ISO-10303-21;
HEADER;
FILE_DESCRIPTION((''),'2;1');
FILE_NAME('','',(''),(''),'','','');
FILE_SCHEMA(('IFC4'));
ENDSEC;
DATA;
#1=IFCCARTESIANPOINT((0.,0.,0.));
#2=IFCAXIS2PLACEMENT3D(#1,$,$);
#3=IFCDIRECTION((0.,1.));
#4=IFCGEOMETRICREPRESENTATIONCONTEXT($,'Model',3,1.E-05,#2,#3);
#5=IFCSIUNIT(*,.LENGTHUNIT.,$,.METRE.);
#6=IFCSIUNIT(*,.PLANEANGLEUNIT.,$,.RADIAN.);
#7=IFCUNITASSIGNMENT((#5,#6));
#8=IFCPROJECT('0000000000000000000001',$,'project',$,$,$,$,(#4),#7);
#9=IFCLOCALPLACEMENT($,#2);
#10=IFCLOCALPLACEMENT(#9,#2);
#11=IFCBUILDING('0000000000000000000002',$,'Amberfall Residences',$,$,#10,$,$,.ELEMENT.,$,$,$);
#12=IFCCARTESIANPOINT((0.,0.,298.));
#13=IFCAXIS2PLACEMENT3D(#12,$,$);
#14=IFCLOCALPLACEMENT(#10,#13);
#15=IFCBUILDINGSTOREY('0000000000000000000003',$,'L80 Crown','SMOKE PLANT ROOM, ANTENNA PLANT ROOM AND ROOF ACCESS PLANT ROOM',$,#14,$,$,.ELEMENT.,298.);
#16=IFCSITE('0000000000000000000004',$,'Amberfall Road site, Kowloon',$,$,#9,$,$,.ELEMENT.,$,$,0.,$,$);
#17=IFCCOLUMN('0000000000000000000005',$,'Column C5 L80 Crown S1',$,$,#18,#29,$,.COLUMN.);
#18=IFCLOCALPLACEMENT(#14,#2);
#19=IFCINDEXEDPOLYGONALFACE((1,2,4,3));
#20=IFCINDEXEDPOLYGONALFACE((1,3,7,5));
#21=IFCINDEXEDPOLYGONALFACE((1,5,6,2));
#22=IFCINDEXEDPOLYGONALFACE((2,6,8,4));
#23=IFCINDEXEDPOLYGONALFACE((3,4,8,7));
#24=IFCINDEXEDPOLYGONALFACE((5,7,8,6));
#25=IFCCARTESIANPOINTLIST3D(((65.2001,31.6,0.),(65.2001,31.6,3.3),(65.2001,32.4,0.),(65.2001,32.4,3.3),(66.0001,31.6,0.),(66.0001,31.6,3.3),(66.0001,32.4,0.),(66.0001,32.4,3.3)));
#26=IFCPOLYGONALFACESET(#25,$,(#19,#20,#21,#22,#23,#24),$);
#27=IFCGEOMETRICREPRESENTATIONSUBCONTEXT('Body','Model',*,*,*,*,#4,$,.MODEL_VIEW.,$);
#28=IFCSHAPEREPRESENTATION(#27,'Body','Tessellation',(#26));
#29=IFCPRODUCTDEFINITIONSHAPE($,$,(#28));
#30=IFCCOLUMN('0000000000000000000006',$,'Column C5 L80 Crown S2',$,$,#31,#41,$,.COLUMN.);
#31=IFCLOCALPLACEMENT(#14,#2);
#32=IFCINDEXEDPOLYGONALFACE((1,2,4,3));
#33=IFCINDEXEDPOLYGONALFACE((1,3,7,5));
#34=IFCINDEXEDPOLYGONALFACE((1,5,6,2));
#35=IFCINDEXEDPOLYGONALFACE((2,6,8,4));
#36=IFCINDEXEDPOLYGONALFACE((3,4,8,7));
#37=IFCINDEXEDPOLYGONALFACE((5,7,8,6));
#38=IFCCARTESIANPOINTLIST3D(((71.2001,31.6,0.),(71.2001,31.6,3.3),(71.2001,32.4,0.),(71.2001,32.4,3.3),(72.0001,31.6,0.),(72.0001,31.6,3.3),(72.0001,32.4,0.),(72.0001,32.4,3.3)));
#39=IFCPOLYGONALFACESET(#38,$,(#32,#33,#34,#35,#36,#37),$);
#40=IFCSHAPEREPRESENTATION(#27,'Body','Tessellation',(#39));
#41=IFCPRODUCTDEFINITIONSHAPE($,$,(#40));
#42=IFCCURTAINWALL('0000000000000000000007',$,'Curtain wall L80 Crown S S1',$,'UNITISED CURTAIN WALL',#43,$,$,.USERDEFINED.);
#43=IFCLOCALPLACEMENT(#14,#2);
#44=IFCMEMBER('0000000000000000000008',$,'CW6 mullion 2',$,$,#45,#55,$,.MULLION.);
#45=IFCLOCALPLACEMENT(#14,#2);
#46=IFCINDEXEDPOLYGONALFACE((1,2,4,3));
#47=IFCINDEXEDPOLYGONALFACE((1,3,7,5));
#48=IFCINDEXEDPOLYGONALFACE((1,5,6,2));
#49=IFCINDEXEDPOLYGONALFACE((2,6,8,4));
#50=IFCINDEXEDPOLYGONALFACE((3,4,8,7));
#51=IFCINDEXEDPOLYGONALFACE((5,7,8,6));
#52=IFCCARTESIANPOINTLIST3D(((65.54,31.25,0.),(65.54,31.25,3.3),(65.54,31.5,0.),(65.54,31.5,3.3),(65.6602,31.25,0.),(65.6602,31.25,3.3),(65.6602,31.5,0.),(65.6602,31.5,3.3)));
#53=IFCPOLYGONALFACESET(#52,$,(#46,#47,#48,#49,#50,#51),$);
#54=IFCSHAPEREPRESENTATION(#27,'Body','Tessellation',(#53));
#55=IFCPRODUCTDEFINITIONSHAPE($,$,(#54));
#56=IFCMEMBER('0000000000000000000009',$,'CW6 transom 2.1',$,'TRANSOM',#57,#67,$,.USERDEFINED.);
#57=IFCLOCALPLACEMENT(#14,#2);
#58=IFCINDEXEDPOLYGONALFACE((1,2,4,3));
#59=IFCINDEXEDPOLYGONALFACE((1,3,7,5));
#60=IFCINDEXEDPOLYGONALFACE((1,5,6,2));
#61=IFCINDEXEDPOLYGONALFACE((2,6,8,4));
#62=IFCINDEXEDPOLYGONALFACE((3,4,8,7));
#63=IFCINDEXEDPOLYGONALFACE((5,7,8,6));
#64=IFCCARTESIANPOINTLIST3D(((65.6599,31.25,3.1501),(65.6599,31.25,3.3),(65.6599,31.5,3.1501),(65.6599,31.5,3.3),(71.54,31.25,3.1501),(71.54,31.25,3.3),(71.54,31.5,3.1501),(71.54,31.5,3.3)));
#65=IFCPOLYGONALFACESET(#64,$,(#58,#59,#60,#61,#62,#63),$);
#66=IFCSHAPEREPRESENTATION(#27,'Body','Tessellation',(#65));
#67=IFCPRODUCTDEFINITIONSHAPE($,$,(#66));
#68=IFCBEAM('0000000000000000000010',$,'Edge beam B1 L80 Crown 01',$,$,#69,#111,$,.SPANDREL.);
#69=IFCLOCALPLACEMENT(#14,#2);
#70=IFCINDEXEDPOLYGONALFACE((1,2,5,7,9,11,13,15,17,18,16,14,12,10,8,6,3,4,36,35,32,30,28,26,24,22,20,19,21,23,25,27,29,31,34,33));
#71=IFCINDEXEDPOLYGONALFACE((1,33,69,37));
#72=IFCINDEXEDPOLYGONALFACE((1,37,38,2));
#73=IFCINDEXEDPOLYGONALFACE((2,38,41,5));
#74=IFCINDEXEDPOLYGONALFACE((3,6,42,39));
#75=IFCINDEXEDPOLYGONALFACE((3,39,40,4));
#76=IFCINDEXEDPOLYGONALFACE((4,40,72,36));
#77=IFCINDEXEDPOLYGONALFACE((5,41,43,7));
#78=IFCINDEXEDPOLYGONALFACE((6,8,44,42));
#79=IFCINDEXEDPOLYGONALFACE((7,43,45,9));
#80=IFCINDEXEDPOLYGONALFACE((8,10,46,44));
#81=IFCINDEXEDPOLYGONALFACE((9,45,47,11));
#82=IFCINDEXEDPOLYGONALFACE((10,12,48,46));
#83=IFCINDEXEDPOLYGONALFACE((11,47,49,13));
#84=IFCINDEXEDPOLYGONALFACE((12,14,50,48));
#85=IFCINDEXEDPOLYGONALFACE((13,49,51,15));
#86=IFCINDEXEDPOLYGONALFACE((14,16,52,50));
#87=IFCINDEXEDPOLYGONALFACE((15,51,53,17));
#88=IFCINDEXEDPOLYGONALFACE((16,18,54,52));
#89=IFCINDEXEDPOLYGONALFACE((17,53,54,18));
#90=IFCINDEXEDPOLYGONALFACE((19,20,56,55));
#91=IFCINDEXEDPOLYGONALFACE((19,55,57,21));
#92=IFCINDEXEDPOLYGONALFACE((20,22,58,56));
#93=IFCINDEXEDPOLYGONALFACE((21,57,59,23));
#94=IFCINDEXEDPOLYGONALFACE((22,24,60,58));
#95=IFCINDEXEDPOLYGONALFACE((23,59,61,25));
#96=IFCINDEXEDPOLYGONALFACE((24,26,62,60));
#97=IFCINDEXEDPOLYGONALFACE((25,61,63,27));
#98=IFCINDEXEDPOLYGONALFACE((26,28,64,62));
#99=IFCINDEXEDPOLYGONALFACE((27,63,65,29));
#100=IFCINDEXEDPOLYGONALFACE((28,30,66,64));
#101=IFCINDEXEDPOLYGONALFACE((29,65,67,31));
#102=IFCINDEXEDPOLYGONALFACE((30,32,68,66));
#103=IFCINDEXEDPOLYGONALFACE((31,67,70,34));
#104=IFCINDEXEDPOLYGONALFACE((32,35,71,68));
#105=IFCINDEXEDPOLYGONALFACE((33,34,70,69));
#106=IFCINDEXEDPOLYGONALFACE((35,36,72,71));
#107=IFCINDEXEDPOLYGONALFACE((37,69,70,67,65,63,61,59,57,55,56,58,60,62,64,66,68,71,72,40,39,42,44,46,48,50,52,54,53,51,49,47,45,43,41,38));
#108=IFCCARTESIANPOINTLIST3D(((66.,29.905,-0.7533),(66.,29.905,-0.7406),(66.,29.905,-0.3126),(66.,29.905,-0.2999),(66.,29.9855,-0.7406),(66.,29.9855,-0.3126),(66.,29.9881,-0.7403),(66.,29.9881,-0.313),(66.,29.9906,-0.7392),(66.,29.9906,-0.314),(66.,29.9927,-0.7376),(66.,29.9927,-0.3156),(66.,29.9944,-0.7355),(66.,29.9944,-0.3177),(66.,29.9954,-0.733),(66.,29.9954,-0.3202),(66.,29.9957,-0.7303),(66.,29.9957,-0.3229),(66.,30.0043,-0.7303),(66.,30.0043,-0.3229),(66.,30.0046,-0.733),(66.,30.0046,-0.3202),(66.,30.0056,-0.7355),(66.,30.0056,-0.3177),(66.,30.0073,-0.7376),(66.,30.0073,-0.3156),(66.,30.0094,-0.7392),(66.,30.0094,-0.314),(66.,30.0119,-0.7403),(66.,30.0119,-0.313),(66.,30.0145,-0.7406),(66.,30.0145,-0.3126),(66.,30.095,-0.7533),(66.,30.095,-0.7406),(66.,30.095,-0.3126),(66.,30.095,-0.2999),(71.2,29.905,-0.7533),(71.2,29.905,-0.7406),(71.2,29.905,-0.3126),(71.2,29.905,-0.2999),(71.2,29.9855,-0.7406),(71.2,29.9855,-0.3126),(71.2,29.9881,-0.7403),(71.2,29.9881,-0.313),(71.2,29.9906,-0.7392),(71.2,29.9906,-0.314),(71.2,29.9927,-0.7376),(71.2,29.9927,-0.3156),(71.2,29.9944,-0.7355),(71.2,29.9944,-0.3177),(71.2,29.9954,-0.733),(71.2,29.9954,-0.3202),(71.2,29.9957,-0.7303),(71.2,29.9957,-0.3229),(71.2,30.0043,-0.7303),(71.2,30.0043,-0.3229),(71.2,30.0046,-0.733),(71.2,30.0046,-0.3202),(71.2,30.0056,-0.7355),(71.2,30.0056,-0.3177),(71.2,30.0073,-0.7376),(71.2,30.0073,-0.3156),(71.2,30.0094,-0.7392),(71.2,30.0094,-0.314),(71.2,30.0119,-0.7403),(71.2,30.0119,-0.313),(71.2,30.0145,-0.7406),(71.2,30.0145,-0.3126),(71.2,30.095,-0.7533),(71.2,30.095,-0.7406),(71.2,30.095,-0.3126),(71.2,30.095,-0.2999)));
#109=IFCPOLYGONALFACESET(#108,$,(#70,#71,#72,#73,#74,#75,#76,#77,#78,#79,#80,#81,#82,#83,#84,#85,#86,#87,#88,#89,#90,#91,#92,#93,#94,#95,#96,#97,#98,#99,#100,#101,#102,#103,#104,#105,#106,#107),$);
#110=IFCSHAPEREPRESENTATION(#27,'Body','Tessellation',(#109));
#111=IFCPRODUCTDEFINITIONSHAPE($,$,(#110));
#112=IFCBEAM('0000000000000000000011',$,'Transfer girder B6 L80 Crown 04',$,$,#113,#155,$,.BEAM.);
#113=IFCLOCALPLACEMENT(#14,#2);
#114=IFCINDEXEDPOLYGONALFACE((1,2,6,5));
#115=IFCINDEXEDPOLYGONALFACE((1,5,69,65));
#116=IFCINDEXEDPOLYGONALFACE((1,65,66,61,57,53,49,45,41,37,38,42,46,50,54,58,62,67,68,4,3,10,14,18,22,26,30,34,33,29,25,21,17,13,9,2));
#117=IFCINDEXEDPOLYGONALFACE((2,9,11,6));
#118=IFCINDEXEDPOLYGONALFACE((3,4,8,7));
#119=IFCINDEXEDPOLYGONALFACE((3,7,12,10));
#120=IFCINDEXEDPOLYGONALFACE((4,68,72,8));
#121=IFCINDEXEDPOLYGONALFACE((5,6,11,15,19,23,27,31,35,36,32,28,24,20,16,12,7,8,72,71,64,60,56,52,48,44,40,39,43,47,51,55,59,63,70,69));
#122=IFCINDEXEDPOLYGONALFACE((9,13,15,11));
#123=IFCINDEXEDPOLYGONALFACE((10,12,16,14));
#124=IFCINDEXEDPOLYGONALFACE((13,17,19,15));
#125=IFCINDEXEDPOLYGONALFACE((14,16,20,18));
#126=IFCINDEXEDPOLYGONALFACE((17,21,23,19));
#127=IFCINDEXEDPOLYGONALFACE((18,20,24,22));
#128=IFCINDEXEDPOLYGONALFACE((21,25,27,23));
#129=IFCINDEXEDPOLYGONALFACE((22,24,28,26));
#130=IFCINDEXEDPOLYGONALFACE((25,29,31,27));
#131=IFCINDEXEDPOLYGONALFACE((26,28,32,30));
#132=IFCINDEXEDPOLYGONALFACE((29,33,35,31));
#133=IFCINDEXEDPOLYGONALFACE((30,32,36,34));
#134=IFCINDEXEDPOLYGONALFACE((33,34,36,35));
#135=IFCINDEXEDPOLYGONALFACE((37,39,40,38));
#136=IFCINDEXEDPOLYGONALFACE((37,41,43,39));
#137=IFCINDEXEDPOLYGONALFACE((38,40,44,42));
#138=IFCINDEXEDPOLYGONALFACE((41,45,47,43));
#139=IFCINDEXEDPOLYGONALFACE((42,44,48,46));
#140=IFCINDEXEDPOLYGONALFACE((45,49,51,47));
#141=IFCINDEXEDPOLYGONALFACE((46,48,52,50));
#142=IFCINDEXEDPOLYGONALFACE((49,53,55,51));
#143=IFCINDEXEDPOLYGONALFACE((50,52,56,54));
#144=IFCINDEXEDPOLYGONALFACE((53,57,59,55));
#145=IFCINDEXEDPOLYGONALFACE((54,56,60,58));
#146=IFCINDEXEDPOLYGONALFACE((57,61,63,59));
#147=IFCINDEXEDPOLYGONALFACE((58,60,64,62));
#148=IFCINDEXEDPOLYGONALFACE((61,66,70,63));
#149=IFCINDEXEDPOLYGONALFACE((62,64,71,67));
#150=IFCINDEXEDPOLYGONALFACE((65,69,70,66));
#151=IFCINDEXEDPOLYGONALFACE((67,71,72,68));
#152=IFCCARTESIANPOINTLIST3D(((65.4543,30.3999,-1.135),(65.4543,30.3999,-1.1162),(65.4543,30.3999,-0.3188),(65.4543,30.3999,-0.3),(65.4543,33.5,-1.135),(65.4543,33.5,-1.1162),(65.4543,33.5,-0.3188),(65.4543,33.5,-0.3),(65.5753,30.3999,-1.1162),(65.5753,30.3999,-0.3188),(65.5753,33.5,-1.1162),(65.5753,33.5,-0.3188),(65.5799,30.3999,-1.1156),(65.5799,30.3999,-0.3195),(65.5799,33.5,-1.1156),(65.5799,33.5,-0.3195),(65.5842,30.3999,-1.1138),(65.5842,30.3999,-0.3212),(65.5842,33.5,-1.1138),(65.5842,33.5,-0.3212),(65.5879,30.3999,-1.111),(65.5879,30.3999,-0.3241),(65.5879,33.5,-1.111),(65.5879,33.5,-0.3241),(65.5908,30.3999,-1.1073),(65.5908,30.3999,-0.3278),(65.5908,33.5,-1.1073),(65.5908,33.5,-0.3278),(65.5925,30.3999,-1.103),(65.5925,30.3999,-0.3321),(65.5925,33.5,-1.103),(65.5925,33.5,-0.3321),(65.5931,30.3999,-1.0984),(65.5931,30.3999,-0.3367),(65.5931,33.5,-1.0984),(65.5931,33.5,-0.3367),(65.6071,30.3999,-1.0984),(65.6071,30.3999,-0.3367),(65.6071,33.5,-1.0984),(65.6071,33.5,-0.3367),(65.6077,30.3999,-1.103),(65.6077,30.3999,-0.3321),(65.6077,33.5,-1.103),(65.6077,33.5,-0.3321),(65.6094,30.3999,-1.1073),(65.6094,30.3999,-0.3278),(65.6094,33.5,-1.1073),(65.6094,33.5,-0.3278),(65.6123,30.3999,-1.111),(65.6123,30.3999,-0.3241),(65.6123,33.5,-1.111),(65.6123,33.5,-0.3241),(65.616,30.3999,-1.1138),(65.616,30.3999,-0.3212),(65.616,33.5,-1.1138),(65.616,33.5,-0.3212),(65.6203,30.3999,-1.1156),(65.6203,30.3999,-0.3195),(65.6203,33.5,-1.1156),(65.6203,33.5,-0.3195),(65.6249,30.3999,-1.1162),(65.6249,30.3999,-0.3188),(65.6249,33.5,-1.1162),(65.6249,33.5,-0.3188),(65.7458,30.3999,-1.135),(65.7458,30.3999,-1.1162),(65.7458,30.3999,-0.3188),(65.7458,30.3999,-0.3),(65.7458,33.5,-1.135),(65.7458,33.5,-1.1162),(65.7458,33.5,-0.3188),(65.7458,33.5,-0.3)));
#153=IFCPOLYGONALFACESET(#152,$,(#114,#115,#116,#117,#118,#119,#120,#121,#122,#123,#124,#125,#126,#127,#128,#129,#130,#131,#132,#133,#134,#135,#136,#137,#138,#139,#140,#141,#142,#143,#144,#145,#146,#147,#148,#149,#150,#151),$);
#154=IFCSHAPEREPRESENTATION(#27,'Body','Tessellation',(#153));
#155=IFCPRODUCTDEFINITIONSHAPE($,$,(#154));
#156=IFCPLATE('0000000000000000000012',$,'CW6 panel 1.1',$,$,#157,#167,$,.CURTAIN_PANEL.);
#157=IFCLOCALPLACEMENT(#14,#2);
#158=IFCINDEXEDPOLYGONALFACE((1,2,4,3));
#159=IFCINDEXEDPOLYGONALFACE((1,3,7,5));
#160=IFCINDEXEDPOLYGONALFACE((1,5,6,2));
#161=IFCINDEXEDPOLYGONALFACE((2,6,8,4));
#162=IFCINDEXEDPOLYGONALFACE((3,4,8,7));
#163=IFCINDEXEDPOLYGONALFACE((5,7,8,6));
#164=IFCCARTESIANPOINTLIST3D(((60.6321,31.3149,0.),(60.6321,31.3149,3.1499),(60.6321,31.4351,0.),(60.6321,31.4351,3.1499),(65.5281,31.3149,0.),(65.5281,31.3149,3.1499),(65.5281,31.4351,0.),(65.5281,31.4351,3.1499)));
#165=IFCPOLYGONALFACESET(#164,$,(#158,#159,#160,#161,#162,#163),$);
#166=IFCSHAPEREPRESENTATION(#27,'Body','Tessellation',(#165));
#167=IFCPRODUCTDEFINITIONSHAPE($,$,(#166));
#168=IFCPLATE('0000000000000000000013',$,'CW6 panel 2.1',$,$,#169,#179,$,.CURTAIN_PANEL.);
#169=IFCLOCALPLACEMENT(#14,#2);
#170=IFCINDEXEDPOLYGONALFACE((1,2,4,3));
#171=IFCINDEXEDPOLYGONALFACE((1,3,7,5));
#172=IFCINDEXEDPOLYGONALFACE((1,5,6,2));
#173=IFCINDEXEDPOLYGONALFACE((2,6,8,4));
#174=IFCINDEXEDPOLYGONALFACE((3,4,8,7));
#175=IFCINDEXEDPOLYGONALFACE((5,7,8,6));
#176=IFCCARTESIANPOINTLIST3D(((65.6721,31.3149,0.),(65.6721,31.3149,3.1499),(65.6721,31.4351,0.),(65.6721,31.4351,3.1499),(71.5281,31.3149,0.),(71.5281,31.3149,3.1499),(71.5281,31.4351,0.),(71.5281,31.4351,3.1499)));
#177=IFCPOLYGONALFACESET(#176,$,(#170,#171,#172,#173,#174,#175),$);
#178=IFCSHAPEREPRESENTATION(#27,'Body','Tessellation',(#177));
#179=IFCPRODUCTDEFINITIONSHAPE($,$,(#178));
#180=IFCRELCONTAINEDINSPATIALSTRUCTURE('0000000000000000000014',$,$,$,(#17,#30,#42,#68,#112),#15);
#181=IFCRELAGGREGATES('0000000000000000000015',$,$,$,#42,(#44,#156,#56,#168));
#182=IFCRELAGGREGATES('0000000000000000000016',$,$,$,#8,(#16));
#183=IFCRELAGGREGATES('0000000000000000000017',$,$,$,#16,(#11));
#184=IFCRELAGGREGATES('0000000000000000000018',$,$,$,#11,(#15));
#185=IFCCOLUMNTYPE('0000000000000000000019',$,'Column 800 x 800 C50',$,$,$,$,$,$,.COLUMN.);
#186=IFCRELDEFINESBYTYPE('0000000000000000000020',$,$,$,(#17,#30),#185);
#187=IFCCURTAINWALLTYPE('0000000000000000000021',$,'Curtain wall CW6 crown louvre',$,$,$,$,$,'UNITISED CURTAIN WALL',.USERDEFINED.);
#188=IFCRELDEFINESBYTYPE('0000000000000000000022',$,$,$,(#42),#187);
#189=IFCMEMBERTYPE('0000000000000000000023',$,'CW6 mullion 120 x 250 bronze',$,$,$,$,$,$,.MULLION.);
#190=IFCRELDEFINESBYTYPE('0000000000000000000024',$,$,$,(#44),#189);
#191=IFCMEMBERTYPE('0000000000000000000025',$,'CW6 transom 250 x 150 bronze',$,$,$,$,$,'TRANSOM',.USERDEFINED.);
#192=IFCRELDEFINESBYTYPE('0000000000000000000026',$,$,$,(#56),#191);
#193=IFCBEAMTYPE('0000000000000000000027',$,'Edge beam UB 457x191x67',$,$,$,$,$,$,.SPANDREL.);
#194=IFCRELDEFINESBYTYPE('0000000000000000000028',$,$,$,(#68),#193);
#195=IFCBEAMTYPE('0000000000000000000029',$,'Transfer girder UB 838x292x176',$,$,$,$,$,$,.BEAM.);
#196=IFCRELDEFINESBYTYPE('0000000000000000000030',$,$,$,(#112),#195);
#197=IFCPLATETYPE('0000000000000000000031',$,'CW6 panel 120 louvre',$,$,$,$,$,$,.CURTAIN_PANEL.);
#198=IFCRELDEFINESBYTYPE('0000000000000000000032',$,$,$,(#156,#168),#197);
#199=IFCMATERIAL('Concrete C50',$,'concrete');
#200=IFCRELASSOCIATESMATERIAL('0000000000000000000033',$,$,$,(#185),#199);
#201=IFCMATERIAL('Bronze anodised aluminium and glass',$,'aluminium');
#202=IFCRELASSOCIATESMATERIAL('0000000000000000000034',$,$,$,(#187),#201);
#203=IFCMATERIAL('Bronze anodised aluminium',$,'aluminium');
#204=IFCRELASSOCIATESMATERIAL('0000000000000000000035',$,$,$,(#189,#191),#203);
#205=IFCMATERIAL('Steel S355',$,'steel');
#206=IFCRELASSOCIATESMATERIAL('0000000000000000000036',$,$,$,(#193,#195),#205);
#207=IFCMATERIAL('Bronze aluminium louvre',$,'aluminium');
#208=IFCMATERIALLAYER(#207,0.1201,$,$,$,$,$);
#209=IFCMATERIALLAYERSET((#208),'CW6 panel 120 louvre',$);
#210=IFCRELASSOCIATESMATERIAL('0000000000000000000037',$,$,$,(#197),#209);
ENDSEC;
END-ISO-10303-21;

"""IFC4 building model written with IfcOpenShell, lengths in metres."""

from ifc_helpers import new_model, si_unit, direction, frame, origin, origin_2d, place, context, subcontext, project, spatial, rectangle, i_section, extrude, material, layer, layer_set, material_profile, profile_set, type_object, element, aggregate, save


model = new_model("IFC4")

# Units and contexts
model_context = context("Model", 3, precision=1e-05, world=origin(), true_north=direction((0.0, 1.0)))
body_context = subcontext(model_context, "Body", "Model", "MODEL_VIEW")
ifc_project = project(units=[si_unit("LENGTHUNIT", "METRE"), si_unit("PLANEANGLEUNIT", "RADIAN")], contexts=[model_context])

# Site, building, storey
site_placement = place(None, origin())
site = spatial("IfcSite", under=ifc_project, at=site_placement, Name="Amberfall Road site, Kowloon", CompositionType="ELEMENT", RefElevation=0.0)
building_placement = place(site_placement, origin())
building = spatial("IfcBuilding", under=site, at=building_placement, Name="Amberfall Residences", CompositionType="ELEMENT")
storey_placement = place(building_placement, frame((0.0, 0.0, 298.0)))
storey = spatial("IfcBuildingStorey", under=building, at=storey_placement, Name="L80 Crown", Description="SMOKE PLANT ROOM, ANTENNA PLANT ROOM AND ROOF ACCESS PLANT ROOM", CompositionType="ELEMENT", Elevation=298.0)

# Columns
ifc_material_1 = material(Name="Concrete C50", Category="concrete")
ifc_material_profile_1 = material_profile(ifc_material_1, rectangle(XDim=0.8, YDim=0.8, at=origin_2d()), Name="Column 800 x 800 C50")
ifc_profile_set_1 = profile_set([ifc_material_profile_1], Name="Concrete C50")
column_type = type_object("IfcColumnType", Name="Column 800 x 800 C50", PredefinedType="COLUMN", material=ifc_profile_set_1)
for number, where, z_axis, x_axis, name in (
    (1, (65.6001, 32.0, 0.0), (0.0, 0.0, 1.0), (1.0, 0.0, 0.0), "Column C5 L80 Crown S1"),
    (2, (71.6001, 32.0, 0.0), (0.0, 0.0, 1.0), (1.0, 0.0, 0.0), "Column C5 L80 Crown S2"),
):
    element("IfcColumn", number, at=place(storey_placement, frame(where, z_axis=z_axis, x_axis=x_axis)), inside=storey, type_object=column_type, Name=name, PredefinedType="COLUMN", context=body_context, shape_type="SweptSolid", body=[
        extrude(rectangle(XDim=0.8, YDim=0.8, at=origin_2d()), origin(), (0.0, 0.0, 1.0), 3.3),
    ])

# Curtain wall, members
ifc_material_2 = material(Name="Bronze anodised aluminium and glass", Category="aluminium")
curtain_wall_type = type_object("IfcCurtainWallType", Name="Curtain wall CW6 crown louvre", ElementType="UNITISED CURTAIN WALL", PredefinedType="USERDEFINED", material=ifc_material_2)
curtain_wall_placement = place(storey_placement, origin())
curtain_wall = element("IfcCurtainWall", 3, at=curtain_wall_placement, inside=storey, type_object=curtain_wall_type, Name="Curtain wall L80 Crown S S1", ObjectType="UNITISED CURTAIN WALL", PredefinedType="USERDEFINED")
ifc_material_3 = material(Name="Bronze anodised aluminium", Category="aluminium")
ifc_material_profile_2 = material_profile(ifc_material_3, rectangle(XDim=0.25, YDim=0.1201, at=origin_2d()), Name="CW6 mullion 120 x 250 bronze")
ifc_profile_set_2 = profile_set([ifc_material_profile_2], Name="Bronze anodised aluminium")
member_type_1 = type_object("IfcMemberType", Name="CW6 mullion 120 x 250 bronze", PredefinedType="MULLION", material=ifc_profile_set_2)
member_1_placement = place(storey_placement, frame((65.6001, 31.375, 0.0), z_axis=(0.0, 0.0, 1.0), x_axis=(0.0, 1.0, 0.0)))
member_1 = element("IfcMember", 4, at=member_1_placement, type_object=member_type_1, Name="CW6 mullion 2", PredefinedType="MULLION", context=body_context, shape_type="SweptSolid", body=[
    extrude(rectangle(XDim=0.25, YDim=0.1201, at=origin_2d()), origin(), (0.0, 0.0, 1.0), 3.3),
])
ifc_material_profile_3 = material_profile(ifc_material_3, rectangle(XDim=0.25, YDim=0.1499, at=origin_2d()), Name="CW6 transom 250 x 150 bronze")
ifc_profile_set_3 = profile_set([ifc_material_profile_3], Name="Bronze anodised aluminium")
member_type_2 = type_object("IfcMemberType", Name="CW6 transom 250 x 150 bronze", ElementType="TRANSOM", PredefinedType="USERDEFINED", material=ifc_profile_set_3)
member_2_placement = place(storey_placement, frame((65.6599, 31.375, 3.2251), z_axis=(1.0, 0.0, 0.0), x_axis=(0.0, 1.0, 0.0)))
member_2 = element("IfcMember", 5, at=member_2_placement, type_object=member_type_2, Name="CW6 transom 2.1", ObjectType="TRANSOM", PredefinedType="USERDEFINED", context=body_context, shape_type="SweptSolid", body=[
    extrude(rectangle(XDim=0.25, YDim=0.1499, at=origin_2d()), origin(), (0.0, 0.0, 1.0), 5.8801),
])

# Beams
ifc_material_4 = material(Name="Steel S355", Category="steel")
ifc_material_profile_4 = material_profile(ifc_material_4, i_section(OverallWidth=0.1899, OverallDepth=0.4534, WebThickness=0.0085, FlangeThickness=0.0127, FilletRadius=0.0103, at=origin_2d()), Name="UB 457x191x67")
ifc_profile_set_4 = profile_set([ifc_material_profile_4], Name="Steel S355")
beam_type_1 = type_object("IfcBeamType", Name="Edge beam UB 457x191x67", PredefinedType="SPANDREL", material=ifc_profile_set_4)
beam_1_placement = place(storey_placement, frame((66.0, 30.0, -0.5266), z_axis=(1.0, 0.0, 0.0), x_axis=(0.0, 1.0, 0.0)))
element("IfcBeam", 6, at=beam_1_placement, inside=storey, type_object=beam_type_1, Name="Edge beam B1 L80 Crown 01", PredefinedType="SPANDREL", context=body_context, shape_type="SweptSolid", body=[
    extrude(i_section(OverallWidth=0.1899, OverallDepth=0.4534, WebThickness=0.0085, FlangeThickness=0.0127, FilletRadius=0.0103, at=origin_2d()), origin(), (0.0, 0.0, 1.0), 5.2),
])
ifc_material_profile_5 = material_profile(ifc_material_4, i_section(OverallWidth=0.2915, OverallDepth=0.835, WebThickness=0.0139, FlangeThickness=0.0188, FilletRadius=0.0178, at=origin_2d()), Name="UB 838x292x176")
ifc_profile_set_5 = profile_set([ifc_material_profile_5], Name="Steel S355")
beam_type_2 = type_object("IfcBeamType", Name="Transfer girder UB 838x292x176", PredefinedType="BEAM", material=ifc_profile_set_5)
beam_2_placement = place(storey_placement, frame((65.6001, 30.3999, -0.7175), z_axis=(0.0, 1.0, 0.0), x_axis=(-1.0, 0.0, 0.0)))
element("IfcBeam", 7, at=beam_2_placement, inside=storey, type_object=beam_type_2, Name="Transfer girder B6 L80 Crown 04", PredefinedType="BEAM", context=body_context, shape_type="SweptSolid", body=[
    extrude(i_section(OverallWidth=0.2915, OverallDepth=0.835, WebThickness=0.0139, FlangeThickness=0.0188, FilletRadius=0.0178, at=origin_2d()), origin(), (0.0, 0.0, 1.0), 3.1001),
])

# Plates
ifc_material_5 = material(Name="Bronze aluminium louvre", Category="aluminium")
ifc_layer_1 = layer(ifc_material_5, 0.1201)
ifc_layer_set_1 = layer_set([ifc_layer_1], Name="CW6 panel 120 louvre")
plate_type = type_object("IfcPlateType", Name="CW6 panel 120 louvre", PredefinedType="CURTAIN_PANEL", material=ifc_layer_set_1)
plate_1_placement = place(storey_placement, frame((63.0801, 31.375, 0.0), z_axis=(0.0, 0.0, 1.0), x_axis=(1.0, 0.0, 0.0)))
plate_1 = element("IfcPlate", 8, at=plate_1_placement, type_object=plate_type, Name="CW6 panel 1.1", PredefinedType="CURTAIN_PANEL", context=body_context, shape_type="SweptSolid", body=[
    extrude(rectangle(XDim=4.896, YDim=0.1201, at=origin_2d()), origin(), (0.0, 0.0, 1.0), 3.1499),
])
plate_2_placement = place(storey_placement, frame((68.6001, 31.375, 0.0), z_axis=(0.0, 0.0, 1.0), x_axis=(1.0, 0.0, 0.0)))
plate_2 = element("IfcPlate", 9, at=plate_2_placement, type_object=plate_type, Name="CW6 panel 2.1", PredefinedType="CURTAIN_PANEL", context=body_context, shape_type="SweptSolid", body=[
    extrude(rectangle(XDim=5.856, YDim=0.1201, at=origin_2d()), origin(), (0.0, 0.0, 1.0), 3.1499),
])
aggregate(curtain_wall, [member_1, plate_1, member_2, plate_2])

save(model, "model.ifc")
